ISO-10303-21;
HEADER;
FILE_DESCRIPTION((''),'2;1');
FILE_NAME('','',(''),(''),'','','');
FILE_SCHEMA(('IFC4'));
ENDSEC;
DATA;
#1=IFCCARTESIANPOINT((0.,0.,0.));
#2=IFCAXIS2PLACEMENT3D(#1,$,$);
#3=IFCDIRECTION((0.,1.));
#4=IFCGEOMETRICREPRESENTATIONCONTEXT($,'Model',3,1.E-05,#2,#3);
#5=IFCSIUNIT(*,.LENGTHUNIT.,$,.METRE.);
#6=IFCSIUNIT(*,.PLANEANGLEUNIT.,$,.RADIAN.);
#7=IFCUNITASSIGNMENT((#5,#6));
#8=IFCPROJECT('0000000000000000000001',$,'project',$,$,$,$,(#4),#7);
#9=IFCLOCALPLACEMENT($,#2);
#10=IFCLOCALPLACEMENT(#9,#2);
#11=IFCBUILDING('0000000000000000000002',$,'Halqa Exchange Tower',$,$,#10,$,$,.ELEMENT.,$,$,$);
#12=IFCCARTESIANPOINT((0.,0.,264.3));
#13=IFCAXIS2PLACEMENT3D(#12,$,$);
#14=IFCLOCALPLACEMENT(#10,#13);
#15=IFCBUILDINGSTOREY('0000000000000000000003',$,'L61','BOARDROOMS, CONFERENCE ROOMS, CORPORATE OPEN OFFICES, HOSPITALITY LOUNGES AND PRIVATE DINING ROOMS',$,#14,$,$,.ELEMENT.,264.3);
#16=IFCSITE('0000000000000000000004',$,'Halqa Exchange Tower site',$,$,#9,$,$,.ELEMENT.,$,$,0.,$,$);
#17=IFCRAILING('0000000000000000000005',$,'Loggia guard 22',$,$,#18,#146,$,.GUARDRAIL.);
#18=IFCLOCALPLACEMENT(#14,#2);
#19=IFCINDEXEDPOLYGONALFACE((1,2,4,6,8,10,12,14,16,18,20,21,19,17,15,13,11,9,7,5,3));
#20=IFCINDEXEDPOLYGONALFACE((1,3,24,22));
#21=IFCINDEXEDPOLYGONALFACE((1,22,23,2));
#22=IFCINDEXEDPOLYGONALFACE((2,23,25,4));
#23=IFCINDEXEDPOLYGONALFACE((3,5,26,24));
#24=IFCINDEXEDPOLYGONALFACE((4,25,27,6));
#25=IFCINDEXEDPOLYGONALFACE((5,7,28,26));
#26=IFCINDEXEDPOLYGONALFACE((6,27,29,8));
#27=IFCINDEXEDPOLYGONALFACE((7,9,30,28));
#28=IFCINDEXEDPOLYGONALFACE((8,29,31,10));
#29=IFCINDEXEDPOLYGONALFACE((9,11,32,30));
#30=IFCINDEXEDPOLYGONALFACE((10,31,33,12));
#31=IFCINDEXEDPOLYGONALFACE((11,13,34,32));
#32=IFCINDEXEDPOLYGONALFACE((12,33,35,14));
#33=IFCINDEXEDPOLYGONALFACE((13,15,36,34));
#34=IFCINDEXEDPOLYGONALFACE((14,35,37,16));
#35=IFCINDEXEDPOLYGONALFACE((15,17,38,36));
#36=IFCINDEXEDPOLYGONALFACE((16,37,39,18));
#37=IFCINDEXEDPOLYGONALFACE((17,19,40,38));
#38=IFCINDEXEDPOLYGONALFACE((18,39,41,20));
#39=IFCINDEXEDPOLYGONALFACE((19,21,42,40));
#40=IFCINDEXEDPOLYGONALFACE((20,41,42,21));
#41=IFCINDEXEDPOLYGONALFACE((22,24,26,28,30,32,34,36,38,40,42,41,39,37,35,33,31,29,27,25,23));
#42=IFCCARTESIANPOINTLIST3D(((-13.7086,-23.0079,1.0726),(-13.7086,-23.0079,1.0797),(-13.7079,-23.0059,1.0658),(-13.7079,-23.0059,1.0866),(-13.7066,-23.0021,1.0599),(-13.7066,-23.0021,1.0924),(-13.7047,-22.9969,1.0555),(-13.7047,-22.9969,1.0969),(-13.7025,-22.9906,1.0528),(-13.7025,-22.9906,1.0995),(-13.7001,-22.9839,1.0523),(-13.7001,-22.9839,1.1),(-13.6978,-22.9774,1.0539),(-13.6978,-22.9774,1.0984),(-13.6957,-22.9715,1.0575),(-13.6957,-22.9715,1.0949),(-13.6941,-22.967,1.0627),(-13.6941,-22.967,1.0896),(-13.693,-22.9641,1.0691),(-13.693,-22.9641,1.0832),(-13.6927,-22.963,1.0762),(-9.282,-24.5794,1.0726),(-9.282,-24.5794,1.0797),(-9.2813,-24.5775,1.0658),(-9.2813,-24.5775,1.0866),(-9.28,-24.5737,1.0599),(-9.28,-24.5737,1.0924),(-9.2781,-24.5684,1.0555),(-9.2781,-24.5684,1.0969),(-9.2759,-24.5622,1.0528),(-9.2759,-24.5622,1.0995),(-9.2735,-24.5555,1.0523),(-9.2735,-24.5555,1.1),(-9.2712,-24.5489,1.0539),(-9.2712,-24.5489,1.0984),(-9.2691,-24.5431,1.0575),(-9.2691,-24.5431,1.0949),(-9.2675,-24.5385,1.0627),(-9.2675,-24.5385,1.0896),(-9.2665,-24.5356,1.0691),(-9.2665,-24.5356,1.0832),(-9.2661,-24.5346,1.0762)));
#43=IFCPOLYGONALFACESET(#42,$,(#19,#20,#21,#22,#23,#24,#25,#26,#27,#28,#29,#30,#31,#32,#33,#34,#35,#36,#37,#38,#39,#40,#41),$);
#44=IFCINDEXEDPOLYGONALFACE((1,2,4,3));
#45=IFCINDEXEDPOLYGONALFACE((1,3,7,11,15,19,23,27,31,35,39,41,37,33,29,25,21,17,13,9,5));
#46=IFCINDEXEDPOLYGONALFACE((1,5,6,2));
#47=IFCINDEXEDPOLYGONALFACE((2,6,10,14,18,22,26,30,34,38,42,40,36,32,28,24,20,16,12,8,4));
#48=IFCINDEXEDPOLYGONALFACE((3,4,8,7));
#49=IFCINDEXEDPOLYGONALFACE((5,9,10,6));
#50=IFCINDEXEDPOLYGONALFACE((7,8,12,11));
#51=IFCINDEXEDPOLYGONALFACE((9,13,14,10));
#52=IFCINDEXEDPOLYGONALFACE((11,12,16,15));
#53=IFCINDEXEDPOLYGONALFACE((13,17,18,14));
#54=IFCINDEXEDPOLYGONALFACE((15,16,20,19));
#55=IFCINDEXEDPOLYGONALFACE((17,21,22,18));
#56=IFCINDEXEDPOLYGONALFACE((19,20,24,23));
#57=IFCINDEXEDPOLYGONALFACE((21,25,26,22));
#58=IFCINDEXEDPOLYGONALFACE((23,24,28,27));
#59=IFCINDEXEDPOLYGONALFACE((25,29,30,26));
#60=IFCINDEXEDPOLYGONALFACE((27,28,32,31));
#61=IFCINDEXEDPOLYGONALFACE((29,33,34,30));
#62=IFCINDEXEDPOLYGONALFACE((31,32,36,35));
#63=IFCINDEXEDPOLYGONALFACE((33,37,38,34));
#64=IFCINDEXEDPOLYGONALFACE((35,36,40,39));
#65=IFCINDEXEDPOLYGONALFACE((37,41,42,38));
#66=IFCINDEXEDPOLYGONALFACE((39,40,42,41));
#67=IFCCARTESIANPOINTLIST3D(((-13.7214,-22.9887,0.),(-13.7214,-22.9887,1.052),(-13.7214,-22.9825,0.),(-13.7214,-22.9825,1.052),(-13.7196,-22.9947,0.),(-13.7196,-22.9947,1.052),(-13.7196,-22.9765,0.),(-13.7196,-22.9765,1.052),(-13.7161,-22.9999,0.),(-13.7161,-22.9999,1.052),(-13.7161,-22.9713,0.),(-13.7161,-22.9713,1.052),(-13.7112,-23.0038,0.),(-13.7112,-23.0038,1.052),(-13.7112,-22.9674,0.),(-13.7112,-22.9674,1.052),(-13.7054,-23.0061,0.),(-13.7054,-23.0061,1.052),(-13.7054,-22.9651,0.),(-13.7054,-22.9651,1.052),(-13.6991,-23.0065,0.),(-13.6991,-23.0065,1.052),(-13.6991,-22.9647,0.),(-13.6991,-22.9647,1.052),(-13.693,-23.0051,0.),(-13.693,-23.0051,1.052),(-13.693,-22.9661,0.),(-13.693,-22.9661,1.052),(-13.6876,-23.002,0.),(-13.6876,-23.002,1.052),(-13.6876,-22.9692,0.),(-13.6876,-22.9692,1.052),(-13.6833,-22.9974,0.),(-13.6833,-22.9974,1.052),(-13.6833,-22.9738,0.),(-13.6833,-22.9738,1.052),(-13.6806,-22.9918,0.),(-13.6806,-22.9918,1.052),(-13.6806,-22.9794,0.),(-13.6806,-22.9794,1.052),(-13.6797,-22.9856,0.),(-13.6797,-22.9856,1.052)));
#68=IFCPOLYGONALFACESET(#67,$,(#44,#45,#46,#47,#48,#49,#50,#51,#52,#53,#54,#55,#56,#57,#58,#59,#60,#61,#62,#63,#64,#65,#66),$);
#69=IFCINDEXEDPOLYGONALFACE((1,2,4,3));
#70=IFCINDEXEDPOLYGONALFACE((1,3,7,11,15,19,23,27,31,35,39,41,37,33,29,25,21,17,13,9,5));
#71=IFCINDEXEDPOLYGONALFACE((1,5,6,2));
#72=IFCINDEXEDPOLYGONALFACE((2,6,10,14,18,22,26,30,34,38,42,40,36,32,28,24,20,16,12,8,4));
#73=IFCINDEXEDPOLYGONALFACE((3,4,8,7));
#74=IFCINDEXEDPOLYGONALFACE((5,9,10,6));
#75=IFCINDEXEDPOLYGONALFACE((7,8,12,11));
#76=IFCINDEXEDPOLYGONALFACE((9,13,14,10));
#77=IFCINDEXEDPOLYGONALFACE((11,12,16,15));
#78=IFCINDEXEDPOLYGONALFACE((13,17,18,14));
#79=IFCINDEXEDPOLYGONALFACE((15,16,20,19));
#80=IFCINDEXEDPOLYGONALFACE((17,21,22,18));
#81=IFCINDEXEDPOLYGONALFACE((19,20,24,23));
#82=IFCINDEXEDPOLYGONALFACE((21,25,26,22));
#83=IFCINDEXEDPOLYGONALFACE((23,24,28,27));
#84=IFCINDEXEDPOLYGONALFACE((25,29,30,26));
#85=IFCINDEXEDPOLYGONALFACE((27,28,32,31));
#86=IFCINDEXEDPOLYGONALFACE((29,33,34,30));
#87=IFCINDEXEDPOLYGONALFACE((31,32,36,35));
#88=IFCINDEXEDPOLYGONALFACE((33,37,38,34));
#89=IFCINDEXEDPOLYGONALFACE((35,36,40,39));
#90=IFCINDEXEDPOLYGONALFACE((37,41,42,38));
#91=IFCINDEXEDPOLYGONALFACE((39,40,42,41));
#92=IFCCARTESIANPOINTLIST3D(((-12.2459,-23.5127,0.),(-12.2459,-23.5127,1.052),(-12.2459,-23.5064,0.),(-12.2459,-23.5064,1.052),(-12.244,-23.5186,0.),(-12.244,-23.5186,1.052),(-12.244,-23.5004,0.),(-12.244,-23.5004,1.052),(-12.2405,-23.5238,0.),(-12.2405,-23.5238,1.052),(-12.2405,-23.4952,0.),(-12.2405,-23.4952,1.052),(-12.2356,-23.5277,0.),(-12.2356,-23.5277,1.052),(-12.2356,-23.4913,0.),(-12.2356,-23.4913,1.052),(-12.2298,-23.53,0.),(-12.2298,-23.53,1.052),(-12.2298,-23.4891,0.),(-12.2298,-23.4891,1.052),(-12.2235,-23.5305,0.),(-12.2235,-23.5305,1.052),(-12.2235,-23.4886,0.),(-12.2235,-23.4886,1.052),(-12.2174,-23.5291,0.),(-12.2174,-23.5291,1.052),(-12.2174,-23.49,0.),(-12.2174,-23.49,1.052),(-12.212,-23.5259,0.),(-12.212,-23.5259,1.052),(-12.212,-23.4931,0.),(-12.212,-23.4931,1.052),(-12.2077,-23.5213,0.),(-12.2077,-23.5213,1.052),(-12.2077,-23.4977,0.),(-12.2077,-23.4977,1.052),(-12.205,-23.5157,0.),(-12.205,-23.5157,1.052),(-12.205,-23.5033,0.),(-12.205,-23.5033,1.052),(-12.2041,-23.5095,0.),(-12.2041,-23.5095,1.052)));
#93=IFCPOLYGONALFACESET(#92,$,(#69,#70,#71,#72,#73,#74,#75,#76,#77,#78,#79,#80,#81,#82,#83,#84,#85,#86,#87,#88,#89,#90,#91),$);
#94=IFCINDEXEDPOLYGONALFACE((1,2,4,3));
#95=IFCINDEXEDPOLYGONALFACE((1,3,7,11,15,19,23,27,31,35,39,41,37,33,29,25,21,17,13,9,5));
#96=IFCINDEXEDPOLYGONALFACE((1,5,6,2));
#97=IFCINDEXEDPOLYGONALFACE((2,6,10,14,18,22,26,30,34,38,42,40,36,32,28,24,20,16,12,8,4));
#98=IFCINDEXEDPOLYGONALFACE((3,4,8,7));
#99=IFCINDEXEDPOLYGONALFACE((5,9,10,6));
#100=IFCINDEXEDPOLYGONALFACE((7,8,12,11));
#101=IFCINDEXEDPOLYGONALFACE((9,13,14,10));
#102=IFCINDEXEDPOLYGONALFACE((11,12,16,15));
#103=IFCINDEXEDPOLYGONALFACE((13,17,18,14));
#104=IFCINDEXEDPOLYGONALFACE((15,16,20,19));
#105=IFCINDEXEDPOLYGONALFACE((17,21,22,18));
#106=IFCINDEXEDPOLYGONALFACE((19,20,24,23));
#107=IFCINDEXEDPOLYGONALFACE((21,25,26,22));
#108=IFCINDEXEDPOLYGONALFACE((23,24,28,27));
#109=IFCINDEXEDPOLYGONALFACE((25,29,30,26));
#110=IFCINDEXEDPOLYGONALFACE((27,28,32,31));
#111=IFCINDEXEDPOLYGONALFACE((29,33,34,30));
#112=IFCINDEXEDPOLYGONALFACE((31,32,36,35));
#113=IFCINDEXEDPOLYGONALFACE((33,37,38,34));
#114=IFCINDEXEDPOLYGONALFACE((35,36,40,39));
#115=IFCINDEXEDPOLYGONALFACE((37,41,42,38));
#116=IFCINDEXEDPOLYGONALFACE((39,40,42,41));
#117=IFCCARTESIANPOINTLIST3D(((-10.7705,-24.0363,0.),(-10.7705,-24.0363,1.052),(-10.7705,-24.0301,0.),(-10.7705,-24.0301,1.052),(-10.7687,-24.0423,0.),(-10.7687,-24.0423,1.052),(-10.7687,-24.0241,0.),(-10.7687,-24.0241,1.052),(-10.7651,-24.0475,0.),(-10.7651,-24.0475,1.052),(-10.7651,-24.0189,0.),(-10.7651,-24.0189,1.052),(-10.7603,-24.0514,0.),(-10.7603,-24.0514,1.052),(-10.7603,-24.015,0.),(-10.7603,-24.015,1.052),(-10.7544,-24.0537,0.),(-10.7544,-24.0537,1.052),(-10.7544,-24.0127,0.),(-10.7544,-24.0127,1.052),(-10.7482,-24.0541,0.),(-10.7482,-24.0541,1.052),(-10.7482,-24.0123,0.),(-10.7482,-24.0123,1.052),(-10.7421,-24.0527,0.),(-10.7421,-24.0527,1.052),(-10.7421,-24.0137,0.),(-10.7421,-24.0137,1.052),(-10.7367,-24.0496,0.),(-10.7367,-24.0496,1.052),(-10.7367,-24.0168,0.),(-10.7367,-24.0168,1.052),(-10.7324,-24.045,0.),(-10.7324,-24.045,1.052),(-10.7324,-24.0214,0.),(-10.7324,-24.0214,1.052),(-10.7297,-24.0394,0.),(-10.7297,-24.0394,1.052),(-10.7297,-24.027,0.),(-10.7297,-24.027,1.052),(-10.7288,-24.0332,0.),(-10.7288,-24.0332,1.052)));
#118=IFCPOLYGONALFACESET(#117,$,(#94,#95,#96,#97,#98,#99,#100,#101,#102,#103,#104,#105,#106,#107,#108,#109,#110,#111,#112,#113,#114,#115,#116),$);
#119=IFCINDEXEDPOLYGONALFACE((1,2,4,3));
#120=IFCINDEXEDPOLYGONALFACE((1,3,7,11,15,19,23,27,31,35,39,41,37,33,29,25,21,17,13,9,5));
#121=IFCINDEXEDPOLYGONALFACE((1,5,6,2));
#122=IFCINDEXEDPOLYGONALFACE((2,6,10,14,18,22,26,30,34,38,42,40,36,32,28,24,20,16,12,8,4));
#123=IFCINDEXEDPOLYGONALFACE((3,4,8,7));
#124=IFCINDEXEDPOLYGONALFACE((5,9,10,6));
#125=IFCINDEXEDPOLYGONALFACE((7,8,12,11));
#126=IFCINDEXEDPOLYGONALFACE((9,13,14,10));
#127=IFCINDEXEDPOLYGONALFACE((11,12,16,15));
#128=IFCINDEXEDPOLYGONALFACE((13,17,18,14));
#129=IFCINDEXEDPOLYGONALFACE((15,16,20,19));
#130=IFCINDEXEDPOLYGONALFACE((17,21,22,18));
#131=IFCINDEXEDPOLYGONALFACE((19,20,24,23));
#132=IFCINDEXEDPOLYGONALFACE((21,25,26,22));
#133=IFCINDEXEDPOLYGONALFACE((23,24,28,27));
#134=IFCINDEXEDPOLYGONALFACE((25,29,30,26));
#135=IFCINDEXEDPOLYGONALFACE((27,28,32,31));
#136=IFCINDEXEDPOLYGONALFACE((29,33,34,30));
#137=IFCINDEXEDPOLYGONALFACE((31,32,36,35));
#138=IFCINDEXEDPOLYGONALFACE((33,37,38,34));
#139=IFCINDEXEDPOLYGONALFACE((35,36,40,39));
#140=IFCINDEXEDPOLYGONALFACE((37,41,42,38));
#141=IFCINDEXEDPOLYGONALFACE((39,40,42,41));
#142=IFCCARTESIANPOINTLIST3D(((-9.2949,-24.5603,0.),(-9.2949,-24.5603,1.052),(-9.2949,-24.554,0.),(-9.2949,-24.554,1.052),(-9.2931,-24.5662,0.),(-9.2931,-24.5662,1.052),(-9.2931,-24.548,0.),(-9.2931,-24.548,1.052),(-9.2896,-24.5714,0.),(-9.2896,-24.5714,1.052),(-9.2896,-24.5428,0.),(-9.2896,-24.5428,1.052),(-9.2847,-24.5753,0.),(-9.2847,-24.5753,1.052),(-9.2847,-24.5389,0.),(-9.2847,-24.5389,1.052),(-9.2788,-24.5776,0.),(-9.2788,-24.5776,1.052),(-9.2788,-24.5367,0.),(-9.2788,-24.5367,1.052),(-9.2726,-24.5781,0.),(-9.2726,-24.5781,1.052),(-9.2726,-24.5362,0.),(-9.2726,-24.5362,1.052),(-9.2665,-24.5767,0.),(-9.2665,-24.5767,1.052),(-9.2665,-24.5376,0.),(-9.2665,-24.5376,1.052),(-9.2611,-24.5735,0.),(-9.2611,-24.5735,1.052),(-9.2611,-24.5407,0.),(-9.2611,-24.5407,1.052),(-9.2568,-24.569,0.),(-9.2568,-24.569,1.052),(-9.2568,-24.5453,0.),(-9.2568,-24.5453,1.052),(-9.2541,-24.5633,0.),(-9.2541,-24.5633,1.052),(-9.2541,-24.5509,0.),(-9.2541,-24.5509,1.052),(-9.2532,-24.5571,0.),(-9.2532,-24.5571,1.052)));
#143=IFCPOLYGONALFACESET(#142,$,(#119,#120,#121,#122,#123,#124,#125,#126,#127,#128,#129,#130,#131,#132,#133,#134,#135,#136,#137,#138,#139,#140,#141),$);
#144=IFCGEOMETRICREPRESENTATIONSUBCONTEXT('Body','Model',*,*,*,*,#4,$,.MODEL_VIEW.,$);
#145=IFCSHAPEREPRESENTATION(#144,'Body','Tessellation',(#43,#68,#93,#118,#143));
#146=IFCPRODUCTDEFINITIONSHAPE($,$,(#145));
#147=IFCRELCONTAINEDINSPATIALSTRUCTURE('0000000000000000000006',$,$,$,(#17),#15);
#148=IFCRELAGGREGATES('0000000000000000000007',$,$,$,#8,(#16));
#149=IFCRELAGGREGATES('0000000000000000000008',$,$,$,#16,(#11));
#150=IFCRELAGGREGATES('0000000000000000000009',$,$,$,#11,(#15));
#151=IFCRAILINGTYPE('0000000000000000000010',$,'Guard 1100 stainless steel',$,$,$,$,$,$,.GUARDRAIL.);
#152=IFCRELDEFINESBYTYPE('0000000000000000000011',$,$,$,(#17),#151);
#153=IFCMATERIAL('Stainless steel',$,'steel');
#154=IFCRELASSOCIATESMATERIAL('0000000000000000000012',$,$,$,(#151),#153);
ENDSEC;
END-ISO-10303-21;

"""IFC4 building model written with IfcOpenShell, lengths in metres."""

from ifc_helpers import new_model, si_unit, direction, frame, origin, origin_2d, place, context, subcontext, project, spatial, circle, extrude, material, type_object, element, save


model = new_model("IFC4")

# Units and contexts
model_context = context("Model", 3, precision=1e-05, world=origin(), true_north=direction((0.0, 1.0)))
body_context = subcontext(model_context, "Body", "Model", "MODEL_VIEW")
ifc_project = project(units=[si_unit("LENGTHUNIT", "METRE"), si_unit("PLANEANGLEUNIT", "RADIAN")], contexts=[model_context])

# Site, building, storey
site_placement = place(None, origin())
site = spatial("IfcSite", under=ifc_project, at=site_placement, Name="Halqa Exchange Tower site", CompositionType="ELEMENT", RefElevation=0.0)
building_placement = place(site_placement, origin())
building = spatial("IfcBuilding", under=site, at=building_placement, Name="Halqa Exchange Tower", CompositionType="ELEMENT")
storey_placement = place(building_placement, frame((0.0, 0.0, 264.3)))
storey = spatial("IfcBuildingStorey", under=building, at=storey_placement, Name="L61", Description="BOARDROOMS, CONFERENCE ROOMS, CORPORATE OPEN OFFICES, HOSPITALITY LOUNGES AND PRIVATE DINING ROOMS", CompositionType="ELEMENT", Elevation=264.3)

# Railing
ifc_material_1 = material(Name="Stainless steel", Category="steel")
railing_type = type_object("IfcRailingType", Name="Guard 1100 stainless steel", PredefinedType="GUARDRAIL", material=ifc_material_1)
railing_1_placement = place(storey_placement, frame((-13.7007, -22.9856, 0.0)))
element("IfcRailing", 1, at=railing_1_placement, inside=storey, type_object=railing_type, Name="Loggia guard 22", PredefinedType="GUARDRAIL", context=body_context, shape_type="SweptSolid", body=[
    extrude(circle(Radius=0.0239, at=origin_2d()), frame((0.0, 0.0, 1.0762), z_axis=(0.942372, -0.334568, 0.0), x_axis=(0.334568, 0.942372, 0.0)), (0.0, 0.0, 1.0), 4.6973),
    extrude(circle(Radius=0.021, at=origin_2d()), origin(), (0.0, 0.0, 1.0), 1.052),
    extrude(circle(Radius=0.021, at=origin_2d()), frame((1.4756, -0.5239, 0.0)), (0.0, 0.0, 1.0), 1.052),
    extrude(circle(Radius=0.021, at=origin_2d()), frame((2.9509, -1.0476, 0.0)), (0.0, 0.0, 1.0), 1.052),
    extrude(circle(Radius=0.021, at=origin_2d()), frame((4.4265, -1.5715, 0.0)), (0.0, 0.0, 1.0), 1.052),
])

save(model, "model.ifc")
